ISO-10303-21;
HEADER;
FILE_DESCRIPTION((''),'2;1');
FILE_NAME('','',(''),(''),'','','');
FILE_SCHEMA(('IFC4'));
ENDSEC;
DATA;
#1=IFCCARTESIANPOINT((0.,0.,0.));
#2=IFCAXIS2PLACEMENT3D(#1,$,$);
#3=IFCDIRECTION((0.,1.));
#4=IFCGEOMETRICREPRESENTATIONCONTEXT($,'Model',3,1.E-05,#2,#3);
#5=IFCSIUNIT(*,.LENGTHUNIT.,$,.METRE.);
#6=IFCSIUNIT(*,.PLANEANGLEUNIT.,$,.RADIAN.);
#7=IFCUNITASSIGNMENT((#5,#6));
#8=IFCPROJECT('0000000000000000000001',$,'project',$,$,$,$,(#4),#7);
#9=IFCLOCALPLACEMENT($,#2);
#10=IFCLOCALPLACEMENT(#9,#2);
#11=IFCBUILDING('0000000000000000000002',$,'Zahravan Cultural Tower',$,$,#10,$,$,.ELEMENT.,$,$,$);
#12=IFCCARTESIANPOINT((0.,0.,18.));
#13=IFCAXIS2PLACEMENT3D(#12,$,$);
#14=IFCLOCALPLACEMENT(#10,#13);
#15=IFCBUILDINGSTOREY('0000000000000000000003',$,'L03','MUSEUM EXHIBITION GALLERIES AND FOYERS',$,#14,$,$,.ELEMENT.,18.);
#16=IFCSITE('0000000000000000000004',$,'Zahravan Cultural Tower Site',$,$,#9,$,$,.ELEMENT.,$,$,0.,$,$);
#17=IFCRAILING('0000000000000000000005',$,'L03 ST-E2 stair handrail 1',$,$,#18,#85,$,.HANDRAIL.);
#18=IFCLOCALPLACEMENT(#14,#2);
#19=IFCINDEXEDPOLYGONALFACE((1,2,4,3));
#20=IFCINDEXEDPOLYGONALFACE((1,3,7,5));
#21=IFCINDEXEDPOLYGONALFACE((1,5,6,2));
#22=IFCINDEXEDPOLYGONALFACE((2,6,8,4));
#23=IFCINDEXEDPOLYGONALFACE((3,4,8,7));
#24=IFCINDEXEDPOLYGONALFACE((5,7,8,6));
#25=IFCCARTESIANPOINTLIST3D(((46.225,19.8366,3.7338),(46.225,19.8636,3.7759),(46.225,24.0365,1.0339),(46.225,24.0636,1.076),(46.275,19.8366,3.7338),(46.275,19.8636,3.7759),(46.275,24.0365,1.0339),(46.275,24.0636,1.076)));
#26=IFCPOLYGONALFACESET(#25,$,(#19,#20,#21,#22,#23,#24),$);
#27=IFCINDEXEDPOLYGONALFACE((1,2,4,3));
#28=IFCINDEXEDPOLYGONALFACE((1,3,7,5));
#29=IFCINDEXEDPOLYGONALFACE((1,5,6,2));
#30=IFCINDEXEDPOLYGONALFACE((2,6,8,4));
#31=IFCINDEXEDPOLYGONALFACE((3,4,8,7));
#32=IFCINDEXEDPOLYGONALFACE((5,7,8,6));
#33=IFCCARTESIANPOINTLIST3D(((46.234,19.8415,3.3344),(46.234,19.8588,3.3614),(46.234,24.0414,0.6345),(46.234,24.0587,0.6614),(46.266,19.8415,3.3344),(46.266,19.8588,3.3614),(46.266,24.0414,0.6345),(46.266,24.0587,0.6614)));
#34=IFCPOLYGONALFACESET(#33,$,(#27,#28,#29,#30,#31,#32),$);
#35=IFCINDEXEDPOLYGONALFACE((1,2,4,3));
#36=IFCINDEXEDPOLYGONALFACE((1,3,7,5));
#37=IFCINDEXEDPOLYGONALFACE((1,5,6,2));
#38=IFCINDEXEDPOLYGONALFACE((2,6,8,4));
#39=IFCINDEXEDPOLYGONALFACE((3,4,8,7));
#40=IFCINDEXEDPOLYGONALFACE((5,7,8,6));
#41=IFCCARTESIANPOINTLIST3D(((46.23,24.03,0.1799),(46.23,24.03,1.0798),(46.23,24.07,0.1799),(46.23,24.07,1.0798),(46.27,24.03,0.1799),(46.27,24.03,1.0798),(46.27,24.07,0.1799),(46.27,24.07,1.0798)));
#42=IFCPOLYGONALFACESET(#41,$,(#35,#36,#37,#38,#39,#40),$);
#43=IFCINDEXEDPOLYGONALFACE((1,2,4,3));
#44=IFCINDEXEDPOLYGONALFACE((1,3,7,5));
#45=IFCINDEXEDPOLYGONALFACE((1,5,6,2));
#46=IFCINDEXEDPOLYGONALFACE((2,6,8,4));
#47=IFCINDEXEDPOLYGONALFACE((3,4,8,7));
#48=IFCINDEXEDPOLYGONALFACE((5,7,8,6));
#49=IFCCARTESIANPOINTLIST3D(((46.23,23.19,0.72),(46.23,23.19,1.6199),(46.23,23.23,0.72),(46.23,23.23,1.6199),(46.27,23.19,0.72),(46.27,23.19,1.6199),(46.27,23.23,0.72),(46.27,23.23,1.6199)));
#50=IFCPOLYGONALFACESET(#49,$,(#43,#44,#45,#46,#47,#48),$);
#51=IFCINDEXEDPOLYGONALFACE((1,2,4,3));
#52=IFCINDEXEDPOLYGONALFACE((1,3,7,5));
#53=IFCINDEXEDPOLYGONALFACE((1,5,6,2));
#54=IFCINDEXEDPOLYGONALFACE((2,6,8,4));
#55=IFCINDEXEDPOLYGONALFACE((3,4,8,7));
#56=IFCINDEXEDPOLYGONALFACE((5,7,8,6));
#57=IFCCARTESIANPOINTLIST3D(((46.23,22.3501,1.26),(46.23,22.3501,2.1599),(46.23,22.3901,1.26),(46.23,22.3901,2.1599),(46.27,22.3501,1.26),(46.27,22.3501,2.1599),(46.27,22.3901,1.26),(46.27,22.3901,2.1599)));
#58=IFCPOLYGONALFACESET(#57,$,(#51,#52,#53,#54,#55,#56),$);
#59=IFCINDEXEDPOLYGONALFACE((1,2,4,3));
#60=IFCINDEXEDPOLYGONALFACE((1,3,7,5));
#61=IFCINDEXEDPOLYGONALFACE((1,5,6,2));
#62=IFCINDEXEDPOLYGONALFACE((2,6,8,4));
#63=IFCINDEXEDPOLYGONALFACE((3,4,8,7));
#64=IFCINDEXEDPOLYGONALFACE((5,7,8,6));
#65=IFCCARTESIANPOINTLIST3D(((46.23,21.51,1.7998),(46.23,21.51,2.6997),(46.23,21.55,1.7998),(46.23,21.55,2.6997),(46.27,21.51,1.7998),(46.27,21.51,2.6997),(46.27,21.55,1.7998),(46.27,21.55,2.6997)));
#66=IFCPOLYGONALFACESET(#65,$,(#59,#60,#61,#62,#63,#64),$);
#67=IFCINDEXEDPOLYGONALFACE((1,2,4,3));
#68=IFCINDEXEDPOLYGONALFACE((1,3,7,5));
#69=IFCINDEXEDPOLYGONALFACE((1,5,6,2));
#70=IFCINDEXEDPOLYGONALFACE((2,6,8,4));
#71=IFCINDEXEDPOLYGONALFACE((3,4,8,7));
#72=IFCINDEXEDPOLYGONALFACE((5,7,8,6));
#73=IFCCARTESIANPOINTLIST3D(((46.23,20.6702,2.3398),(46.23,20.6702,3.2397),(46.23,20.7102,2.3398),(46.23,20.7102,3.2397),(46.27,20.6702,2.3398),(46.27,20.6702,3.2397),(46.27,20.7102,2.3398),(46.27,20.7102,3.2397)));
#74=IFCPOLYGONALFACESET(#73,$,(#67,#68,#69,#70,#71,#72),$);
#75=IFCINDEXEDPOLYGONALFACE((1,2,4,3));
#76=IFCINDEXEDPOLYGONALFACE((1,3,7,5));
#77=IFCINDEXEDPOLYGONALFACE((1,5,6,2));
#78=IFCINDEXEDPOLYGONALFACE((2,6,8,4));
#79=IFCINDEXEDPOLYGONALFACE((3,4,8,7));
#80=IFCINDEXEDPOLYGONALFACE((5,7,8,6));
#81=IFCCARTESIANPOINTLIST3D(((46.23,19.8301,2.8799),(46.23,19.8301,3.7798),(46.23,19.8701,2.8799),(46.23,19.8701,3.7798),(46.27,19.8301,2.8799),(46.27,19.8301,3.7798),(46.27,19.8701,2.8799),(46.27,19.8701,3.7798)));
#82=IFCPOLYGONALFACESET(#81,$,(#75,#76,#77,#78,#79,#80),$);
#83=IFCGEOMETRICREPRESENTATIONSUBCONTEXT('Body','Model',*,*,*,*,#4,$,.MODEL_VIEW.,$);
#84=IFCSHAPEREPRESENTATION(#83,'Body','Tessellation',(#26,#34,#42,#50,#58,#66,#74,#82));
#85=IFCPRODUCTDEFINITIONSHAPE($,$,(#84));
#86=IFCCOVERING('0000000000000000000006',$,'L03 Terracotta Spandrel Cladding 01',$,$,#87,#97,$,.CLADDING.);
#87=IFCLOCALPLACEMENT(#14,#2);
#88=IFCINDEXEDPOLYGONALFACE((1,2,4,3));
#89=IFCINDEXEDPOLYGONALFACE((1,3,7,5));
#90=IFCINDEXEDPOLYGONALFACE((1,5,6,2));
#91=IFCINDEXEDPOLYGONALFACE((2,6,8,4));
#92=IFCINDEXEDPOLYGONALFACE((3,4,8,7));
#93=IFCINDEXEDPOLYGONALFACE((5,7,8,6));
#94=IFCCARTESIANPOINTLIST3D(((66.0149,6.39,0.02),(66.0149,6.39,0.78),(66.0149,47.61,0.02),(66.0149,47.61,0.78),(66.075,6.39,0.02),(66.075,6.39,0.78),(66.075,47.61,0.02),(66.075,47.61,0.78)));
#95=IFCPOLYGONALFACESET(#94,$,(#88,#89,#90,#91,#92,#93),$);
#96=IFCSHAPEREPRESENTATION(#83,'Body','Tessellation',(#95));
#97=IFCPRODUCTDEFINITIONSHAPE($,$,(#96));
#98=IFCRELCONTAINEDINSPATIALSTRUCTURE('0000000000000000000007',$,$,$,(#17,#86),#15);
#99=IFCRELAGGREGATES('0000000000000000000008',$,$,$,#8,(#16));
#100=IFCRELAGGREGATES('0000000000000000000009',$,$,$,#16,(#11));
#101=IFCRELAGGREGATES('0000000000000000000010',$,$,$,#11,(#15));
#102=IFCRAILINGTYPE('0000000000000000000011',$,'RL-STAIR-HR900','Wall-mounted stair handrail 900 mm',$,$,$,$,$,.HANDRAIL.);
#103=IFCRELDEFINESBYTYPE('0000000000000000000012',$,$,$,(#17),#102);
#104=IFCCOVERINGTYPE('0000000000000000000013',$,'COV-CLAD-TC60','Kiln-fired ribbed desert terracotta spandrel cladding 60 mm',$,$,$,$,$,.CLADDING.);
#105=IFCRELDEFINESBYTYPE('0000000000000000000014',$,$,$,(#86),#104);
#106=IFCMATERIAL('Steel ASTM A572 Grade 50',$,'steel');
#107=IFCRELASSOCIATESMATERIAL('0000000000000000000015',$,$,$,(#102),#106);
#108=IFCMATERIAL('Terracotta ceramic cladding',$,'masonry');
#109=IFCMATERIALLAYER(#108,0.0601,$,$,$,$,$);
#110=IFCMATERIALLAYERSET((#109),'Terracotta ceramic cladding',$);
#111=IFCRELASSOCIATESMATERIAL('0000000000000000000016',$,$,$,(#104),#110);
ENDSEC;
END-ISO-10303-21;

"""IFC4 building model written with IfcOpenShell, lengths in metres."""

from ifc_helpers import new_model, si_unit, direction, frame, origin, origin_2d, place, context, subcontext, project, spatial, rectangle, extrude, source, transform, mapped, material, layer, layer_set, type_object, element, save


model = new_model("IFC4")

# Units and contexts
model_context = context("Model", 3, precision=1e-05, world=origin(), true_north=direction((0.0, 1.0)))
body_context = subcontext(model_context, "Body", "Model", "MODEL_VIEW")
ifc_project = project(units=[si_unit("LENGTHUNIT", "METRE"), si_unit("PLANEANGLEUNIT", "RADIAN")], contexts=[model_context])

# Site, building, storey
site_placement = place(None, origin())
site = spatial("IfcSite", under=ifc_project, at=site_placement, Name="Zahravan Cultural Tower Site", CompositionType="ELEMENT", RefElevation=0.0)
building_placement = place(site_placement, origin())
building = spatial("IfcBuilding", under=site, at=building_placement, Name="Zahravan Cultural Tower", CompositionType="ELEMENT")
storey_placement = place(building_placement, frame((0.0, 0.0, 18.0)))
storey = spatial("IfcBuildingStorey", under=building, at=storey_placement, Name="L03", Description="MUSEUM EXHIBITION GALLERIES AND FOYERS", CompositionType="ELEMENT", Elevation=18.0)

# Shared definitions
ifc_material_1 = material(Name="Steel ASTM A572 Grade 50", Category="steel")

# Railing
railing_type_1 = type_object("IfcRailingType", Name="RL-STAIR-HR900", Description="Wall-mounted stair handrail 900 mm", PredefinedType="HANDRAIL", material=ifc_material_1)
railing_1_placement = place(storey_placement, frame((46.25, 24.05, 0.1799)))
element("IfcRailing", 1, at=railing_1_placement, inside=storey, type_object=railing_type_1, Name="L03 ST-E2 stair handrail 1", PredefinedType="HANDRAIL", context=body_context, shape_type="SweptSolid", body=[
    extrude(rectangle(XDim=0.05, YDim=0.05, at=origin_2d()), frame((0.0, 0.0, 0.875), z_axis=(0.0, -0.84118, 0.540755), x_axis=(1.0, 0.0, 0.0)), (0.0, 0.0, 1.0), 4.9929),
    extrude(rectangle(XDim=0.032, YDim=0.032, at=origin_2d()), frame((0.0, 0.0, 0.468), z_axis=(0.0, -0.84118, 0.540755), x_axis=(1.0, 0.0, 0.0)), (0.0, 0.0, 1.0), 4.9929),
    extrude(rectangle(XDim=0.04, YDim=0.04, at=origin_2d()), origin(), (0.0, 0.0, 1.0), 0.8999),
    extrude(rectangle(XDim=0.04, YDim=0.04, at=origin_2d()), frame((0.0, -0.8401, 0.54)), (0.0, 0.0, 1.0), 0.8999),
    extrude(rectangle(XDim=0.04, YDim=0.04, at=origin_2d()), frame((0.0, -1.6799, 1.0801)), (0.0, 0.0, 1.0), 0.8999),
    extrude(rectangle(XDim=0.04, YDim=0.04, at=origin_2d()), frame((0.0, -2.52, 1.6199)), (0.0, 0.0, 1.0), 0.8999),
    extrude(rectangle(XDim=0.04, YDim=0.04, at=origin_2d()), frame((0.0, -3.3599, 2.1599)), (0.0, 0.0, 1.0), 0.8999),
    extrude(rectangle(XDim=0.04, YDim=0.04, at=origin_2d()), frame((0.0, -4.2, 2.7)), (0.0, 0.0, 1.0), 0.8999),
])

# Covering
ifc_material_2 = material(Name="Terracotta ceramic cladding", Category="masonry")
ifc_layer_1 = layer(ifc_material_2, 0.0601)
ifc_layer_set_1 = layer_set([ifc_layer_1], Name="Terracotta ceramic cladding")
covering_type = type_object("IfcCoveringType", Name="COV-CLAD-TC60", Description="Kiln-fired ribbed desert terracotta spandrel cladding 60 mm", PredefinedType="CLADDING", material=ifc_layer_set_1)
shared_shape_1 = source(origin(), body_context, "Body", "SweptSolid", [
    extrude(rectangle(XDim=41.22, YDim=0.0601, at=origin_2d()), origin(), (0.0, 0.0, 1.0), 0.76),
])
covering_placement = place(storey_placement, frame((66.0449, 27.0, 0.02), z_axis=(0.0, 0.0, 1.0), x_axis=(0.0, -1.0, 0.0)))
element("IfcCovering", 2, at=covering_placement, inside=storey, type_object=covering_type, Name="L03 Terracotta Spandrel Cladding 01", PredefinedType="CLADDING", context=body_context, shape_type="MappedRepresentation", body=[
    mapped(shared_shape_1, transform((0.0, 0.0, 0.0), x_axis=(1.0, 0.0, 0.0), y_axis=(0.0, 1.0, 0.0), z_axis=(0.0, 0.0, 1.0), scale=1.0)),
])

save(model, "model.ifc")
